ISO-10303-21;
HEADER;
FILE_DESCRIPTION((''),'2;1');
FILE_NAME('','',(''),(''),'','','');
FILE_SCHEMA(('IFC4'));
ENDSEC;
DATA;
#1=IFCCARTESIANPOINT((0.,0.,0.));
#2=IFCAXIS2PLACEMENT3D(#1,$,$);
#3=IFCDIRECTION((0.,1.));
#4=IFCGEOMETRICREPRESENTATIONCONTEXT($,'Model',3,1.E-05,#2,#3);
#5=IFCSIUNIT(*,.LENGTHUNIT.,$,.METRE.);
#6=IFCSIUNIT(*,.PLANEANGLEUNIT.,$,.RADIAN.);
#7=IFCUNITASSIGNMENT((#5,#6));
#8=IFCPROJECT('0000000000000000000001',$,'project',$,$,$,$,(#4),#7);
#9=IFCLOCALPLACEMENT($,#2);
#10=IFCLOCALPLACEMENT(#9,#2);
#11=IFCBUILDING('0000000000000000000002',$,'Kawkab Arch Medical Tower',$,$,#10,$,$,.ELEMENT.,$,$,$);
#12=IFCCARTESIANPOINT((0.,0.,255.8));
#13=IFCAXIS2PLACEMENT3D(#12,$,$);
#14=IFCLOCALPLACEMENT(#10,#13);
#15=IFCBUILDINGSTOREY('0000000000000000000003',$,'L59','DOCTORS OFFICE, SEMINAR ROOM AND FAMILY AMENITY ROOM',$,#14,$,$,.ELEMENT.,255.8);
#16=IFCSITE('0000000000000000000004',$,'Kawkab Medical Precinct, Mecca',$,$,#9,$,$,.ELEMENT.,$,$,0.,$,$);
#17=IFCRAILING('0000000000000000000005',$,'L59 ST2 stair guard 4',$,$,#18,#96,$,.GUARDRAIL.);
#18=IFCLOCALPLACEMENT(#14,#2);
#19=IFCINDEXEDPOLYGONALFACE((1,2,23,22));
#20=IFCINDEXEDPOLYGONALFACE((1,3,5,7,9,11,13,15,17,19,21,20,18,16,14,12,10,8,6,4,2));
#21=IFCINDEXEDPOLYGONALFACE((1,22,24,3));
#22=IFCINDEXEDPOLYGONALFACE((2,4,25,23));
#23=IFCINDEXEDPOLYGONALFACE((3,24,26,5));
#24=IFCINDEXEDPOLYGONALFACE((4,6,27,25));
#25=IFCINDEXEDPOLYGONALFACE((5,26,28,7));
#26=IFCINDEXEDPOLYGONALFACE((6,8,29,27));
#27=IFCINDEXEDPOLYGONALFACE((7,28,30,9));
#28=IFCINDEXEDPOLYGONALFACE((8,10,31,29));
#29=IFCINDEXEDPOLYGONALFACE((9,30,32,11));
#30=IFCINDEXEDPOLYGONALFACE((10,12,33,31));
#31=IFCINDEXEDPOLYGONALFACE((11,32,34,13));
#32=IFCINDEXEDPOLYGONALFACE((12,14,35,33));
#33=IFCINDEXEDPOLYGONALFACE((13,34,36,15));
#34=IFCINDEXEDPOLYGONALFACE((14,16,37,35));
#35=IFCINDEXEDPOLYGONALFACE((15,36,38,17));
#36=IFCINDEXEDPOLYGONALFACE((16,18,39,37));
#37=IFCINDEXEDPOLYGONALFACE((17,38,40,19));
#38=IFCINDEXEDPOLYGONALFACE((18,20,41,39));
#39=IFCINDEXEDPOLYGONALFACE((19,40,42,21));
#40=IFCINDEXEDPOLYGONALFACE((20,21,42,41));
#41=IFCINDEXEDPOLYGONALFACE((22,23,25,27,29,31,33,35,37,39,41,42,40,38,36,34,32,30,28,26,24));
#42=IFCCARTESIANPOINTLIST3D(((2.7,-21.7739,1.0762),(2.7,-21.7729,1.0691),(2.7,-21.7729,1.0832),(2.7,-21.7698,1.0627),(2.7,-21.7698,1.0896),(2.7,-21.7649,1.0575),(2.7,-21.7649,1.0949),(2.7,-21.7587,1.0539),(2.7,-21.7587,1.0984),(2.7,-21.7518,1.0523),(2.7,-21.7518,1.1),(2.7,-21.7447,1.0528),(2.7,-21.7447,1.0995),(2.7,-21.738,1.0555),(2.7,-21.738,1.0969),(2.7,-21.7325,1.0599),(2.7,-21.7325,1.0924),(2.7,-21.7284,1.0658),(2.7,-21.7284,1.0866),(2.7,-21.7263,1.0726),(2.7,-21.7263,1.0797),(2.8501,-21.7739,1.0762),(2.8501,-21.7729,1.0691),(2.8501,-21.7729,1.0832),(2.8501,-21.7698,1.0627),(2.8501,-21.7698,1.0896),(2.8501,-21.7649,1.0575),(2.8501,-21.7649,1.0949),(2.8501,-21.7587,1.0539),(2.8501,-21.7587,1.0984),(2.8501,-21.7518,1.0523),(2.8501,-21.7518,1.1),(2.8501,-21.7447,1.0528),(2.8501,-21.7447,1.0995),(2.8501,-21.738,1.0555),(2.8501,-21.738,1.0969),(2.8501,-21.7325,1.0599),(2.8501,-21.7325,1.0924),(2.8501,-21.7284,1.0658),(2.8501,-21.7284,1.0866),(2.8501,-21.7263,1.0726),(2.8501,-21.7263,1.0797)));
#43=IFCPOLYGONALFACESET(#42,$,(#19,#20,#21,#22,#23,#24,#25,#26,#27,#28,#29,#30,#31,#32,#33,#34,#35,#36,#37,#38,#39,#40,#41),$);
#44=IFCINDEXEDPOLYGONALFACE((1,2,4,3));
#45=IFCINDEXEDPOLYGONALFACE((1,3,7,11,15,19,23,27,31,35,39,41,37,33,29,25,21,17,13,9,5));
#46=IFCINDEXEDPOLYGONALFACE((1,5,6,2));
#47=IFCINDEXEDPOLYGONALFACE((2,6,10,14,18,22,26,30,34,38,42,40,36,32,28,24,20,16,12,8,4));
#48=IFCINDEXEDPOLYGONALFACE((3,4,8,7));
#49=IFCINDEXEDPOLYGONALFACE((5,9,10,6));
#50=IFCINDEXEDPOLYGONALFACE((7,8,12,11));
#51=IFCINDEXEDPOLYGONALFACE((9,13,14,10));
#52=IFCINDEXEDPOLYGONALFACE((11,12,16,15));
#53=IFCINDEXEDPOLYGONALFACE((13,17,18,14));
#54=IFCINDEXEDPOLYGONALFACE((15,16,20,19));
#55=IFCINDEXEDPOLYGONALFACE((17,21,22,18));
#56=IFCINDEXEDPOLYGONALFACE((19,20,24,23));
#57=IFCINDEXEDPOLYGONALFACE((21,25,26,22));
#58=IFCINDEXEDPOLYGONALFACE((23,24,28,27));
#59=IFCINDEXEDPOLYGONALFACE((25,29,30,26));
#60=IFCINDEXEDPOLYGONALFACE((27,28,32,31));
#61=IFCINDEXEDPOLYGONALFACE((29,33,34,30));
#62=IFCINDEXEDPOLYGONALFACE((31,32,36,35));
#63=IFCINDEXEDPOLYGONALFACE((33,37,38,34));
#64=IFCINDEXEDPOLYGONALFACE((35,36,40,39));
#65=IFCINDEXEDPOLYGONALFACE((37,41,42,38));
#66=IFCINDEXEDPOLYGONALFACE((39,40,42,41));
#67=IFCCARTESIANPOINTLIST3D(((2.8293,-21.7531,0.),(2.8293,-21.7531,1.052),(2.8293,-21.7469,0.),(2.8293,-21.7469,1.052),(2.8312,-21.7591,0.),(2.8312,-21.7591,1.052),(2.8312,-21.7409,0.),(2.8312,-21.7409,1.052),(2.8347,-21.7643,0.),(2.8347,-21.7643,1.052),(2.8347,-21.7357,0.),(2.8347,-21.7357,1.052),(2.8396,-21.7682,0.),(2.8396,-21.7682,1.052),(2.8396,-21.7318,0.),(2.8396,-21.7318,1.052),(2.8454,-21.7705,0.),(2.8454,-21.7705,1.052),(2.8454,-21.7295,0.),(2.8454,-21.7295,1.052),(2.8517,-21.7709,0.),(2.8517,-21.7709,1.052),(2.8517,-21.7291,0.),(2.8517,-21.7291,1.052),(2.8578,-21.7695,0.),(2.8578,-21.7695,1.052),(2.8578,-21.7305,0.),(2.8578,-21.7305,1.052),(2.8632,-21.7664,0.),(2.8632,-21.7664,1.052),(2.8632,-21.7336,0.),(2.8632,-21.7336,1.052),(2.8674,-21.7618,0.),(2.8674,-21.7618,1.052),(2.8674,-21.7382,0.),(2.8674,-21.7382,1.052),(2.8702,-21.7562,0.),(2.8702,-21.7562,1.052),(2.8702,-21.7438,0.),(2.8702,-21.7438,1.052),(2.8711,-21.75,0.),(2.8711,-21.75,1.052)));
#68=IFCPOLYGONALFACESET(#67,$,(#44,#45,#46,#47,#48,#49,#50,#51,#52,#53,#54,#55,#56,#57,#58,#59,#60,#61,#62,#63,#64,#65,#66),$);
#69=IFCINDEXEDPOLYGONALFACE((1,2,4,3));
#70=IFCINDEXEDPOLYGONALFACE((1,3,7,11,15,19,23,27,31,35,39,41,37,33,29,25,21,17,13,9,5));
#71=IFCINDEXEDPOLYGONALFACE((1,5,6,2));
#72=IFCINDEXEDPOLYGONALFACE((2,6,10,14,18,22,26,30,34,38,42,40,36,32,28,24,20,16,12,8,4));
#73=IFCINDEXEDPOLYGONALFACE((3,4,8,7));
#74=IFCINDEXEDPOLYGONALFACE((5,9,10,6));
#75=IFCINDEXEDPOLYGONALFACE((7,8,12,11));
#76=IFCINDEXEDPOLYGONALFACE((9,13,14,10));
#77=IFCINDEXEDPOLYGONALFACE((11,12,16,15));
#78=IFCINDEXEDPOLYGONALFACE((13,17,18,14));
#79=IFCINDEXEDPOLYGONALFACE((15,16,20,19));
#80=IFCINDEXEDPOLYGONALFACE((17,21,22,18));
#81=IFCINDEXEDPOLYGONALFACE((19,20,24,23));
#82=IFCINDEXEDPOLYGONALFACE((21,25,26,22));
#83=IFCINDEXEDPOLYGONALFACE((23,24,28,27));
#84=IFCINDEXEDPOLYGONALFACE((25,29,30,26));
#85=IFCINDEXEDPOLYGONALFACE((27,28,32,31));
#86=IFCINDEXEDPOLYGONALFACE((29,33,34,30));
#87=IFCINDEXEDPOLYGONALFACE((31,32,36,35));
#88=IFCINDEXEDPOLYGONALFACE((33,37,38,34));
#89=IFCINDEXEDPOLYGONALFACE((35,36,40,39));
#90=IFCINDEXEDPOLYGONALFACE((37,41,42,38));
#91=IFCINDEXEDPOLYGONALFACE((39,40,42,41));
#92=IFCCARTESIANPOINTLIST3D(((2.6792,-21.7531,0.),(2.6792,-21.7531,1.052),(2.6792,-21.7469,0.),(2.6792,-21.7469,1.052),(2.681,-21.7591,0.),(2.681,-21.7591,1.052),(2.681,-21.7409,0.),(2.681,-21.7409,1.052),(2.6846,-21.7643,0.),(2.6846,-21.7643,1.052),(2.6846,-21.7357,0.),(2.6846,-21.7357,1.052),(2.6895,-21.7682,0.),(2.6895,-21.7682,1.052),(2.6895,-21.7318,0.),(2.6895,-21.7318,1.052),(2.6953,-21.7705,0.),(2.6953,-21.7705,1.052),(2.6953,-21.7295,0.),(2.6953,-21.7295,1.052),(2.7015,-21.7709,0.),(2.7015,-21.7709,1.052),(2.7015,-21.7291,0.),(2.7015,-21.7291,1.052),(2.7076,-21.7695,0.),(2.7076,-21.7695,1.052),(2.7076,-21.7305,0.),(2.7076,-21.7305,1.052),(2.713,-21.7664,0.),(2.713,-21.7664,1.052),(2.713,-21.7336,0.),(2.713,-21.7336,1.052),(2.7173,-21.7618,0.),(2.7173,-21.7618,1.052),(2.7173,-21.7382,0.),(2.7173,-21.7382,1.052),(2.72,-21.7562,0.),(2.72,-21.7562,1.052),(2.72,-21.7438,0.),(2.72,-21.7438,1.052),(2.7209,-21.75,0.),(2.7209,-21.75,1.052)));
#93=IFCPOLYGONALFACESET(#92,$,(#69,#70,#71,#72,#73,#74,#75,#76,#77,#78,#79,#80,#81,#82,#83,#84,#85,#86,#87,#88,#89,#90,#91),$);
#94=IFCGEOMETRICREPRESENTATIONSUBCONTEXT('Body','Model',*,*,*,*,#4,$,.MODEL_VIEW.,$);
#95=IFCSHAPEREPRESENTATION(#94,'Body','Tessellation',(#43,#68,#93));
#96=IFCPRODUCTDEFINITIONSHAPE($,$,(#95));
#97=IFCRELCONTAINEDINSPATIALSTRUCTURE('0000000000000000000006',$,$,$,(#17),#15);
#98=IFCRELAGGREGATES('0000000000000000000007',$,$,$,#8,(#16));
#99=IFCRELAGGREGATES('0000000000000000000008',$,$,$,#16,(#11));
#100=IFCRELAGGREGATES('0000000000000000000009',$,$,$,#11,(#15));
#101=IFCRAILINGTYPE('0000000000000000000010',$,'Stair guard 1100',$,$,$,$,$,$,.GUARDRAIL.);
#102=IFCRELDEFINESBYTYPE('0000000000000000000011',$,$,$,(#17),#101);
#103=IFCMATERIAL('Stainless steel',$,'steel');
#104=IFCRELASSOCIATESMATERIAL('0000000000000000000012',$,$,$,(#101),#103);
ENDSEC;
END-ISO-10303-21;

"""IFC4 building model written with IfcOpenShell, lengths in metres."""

from ifc_helpers import new_model, si_unit, direction, frame, origin, origin_2d, place, context, subcontext, project, spatial, circle, extrude, material, type_object, element, save


model = new_model("IFC4")

# Units and contexts
model_context = context("Model", 3, precision=1e-05, world=origin(), true_north=direction((0.0, 1.0)))
body_context = subcontext(model_context, "Body", "Model", "MODEL_VIEW")
ifc_project = project(units=[si_unit("LENGTHUNIT", "METRE"), si_unit("PLANEANGLEUNIT", "RADIAN")], contexts=[model_context])

# Site, building, storey
site_placement = place(None, origin())
site = spatial("IfcSite", under=ifc_project, at=site_placement, Name="Kawkab Medical Precinct, Mecca", CompositionType="ELEMENT", RefElevation=0.0)
building_placement = place(site_placement, origin())
building = spatial("IfcBuilding", under=site, at=building_placement, Name="Kawkab Arch Medical Tower", CompositionType="ELEMENT")
storey_placement = place(building_placement, frame((0.0, 0.0, 255.8)))
storey = spatial("IfcBuildingStorey", under=building, at=storey_placement, Name="L59", Description="DOCTORS OFFICE, SEMINAR ROOM AND FAMILY AMENITY ROOM", CompositionType="ELEMENT", Elevation=255.8)

# Railing
ifc_material_1 = material(Name="Stainless steel", Category="steel")
railing_type = type_object("IfcRailingType", Name="Stair guard 1100", PredefinedType="GUARDRAIL", material=ifc_material_1)
railing_1_placement = place(storey_placement, frame((2.8501, -21.75, 0.0)))
element("IfcRailing", 1, at=railing_1_placement, inside=storey, type_object=railing_type, Name="L59 ST2 stair guard 4", PredefinedType="GUARDRAIL", context=body_context, shape_type="SweptSolid", body=[
    extrude(circle(Radius=0.0239, at=origin_2d()), frame((0.0, 0.0, 1.0762), z_axis=(-1.0, 0.0, 0.0), x_axis=(0.0, -1.0, 0.0)), (0.0, 0.0, 1.0), 0.1501),
    extrude(circle(Radius=0.021, at=origin_2d()), origin(), (0.0, 0.0, 1.0), 1.052),
    extrude(circle(Radius=0.021, at=origin_2d()), frame((-0.1501, 0.0, 0.0)), (0.0, 0.0, 1.0), 1.052),
])

save(model, "model.ifc")
